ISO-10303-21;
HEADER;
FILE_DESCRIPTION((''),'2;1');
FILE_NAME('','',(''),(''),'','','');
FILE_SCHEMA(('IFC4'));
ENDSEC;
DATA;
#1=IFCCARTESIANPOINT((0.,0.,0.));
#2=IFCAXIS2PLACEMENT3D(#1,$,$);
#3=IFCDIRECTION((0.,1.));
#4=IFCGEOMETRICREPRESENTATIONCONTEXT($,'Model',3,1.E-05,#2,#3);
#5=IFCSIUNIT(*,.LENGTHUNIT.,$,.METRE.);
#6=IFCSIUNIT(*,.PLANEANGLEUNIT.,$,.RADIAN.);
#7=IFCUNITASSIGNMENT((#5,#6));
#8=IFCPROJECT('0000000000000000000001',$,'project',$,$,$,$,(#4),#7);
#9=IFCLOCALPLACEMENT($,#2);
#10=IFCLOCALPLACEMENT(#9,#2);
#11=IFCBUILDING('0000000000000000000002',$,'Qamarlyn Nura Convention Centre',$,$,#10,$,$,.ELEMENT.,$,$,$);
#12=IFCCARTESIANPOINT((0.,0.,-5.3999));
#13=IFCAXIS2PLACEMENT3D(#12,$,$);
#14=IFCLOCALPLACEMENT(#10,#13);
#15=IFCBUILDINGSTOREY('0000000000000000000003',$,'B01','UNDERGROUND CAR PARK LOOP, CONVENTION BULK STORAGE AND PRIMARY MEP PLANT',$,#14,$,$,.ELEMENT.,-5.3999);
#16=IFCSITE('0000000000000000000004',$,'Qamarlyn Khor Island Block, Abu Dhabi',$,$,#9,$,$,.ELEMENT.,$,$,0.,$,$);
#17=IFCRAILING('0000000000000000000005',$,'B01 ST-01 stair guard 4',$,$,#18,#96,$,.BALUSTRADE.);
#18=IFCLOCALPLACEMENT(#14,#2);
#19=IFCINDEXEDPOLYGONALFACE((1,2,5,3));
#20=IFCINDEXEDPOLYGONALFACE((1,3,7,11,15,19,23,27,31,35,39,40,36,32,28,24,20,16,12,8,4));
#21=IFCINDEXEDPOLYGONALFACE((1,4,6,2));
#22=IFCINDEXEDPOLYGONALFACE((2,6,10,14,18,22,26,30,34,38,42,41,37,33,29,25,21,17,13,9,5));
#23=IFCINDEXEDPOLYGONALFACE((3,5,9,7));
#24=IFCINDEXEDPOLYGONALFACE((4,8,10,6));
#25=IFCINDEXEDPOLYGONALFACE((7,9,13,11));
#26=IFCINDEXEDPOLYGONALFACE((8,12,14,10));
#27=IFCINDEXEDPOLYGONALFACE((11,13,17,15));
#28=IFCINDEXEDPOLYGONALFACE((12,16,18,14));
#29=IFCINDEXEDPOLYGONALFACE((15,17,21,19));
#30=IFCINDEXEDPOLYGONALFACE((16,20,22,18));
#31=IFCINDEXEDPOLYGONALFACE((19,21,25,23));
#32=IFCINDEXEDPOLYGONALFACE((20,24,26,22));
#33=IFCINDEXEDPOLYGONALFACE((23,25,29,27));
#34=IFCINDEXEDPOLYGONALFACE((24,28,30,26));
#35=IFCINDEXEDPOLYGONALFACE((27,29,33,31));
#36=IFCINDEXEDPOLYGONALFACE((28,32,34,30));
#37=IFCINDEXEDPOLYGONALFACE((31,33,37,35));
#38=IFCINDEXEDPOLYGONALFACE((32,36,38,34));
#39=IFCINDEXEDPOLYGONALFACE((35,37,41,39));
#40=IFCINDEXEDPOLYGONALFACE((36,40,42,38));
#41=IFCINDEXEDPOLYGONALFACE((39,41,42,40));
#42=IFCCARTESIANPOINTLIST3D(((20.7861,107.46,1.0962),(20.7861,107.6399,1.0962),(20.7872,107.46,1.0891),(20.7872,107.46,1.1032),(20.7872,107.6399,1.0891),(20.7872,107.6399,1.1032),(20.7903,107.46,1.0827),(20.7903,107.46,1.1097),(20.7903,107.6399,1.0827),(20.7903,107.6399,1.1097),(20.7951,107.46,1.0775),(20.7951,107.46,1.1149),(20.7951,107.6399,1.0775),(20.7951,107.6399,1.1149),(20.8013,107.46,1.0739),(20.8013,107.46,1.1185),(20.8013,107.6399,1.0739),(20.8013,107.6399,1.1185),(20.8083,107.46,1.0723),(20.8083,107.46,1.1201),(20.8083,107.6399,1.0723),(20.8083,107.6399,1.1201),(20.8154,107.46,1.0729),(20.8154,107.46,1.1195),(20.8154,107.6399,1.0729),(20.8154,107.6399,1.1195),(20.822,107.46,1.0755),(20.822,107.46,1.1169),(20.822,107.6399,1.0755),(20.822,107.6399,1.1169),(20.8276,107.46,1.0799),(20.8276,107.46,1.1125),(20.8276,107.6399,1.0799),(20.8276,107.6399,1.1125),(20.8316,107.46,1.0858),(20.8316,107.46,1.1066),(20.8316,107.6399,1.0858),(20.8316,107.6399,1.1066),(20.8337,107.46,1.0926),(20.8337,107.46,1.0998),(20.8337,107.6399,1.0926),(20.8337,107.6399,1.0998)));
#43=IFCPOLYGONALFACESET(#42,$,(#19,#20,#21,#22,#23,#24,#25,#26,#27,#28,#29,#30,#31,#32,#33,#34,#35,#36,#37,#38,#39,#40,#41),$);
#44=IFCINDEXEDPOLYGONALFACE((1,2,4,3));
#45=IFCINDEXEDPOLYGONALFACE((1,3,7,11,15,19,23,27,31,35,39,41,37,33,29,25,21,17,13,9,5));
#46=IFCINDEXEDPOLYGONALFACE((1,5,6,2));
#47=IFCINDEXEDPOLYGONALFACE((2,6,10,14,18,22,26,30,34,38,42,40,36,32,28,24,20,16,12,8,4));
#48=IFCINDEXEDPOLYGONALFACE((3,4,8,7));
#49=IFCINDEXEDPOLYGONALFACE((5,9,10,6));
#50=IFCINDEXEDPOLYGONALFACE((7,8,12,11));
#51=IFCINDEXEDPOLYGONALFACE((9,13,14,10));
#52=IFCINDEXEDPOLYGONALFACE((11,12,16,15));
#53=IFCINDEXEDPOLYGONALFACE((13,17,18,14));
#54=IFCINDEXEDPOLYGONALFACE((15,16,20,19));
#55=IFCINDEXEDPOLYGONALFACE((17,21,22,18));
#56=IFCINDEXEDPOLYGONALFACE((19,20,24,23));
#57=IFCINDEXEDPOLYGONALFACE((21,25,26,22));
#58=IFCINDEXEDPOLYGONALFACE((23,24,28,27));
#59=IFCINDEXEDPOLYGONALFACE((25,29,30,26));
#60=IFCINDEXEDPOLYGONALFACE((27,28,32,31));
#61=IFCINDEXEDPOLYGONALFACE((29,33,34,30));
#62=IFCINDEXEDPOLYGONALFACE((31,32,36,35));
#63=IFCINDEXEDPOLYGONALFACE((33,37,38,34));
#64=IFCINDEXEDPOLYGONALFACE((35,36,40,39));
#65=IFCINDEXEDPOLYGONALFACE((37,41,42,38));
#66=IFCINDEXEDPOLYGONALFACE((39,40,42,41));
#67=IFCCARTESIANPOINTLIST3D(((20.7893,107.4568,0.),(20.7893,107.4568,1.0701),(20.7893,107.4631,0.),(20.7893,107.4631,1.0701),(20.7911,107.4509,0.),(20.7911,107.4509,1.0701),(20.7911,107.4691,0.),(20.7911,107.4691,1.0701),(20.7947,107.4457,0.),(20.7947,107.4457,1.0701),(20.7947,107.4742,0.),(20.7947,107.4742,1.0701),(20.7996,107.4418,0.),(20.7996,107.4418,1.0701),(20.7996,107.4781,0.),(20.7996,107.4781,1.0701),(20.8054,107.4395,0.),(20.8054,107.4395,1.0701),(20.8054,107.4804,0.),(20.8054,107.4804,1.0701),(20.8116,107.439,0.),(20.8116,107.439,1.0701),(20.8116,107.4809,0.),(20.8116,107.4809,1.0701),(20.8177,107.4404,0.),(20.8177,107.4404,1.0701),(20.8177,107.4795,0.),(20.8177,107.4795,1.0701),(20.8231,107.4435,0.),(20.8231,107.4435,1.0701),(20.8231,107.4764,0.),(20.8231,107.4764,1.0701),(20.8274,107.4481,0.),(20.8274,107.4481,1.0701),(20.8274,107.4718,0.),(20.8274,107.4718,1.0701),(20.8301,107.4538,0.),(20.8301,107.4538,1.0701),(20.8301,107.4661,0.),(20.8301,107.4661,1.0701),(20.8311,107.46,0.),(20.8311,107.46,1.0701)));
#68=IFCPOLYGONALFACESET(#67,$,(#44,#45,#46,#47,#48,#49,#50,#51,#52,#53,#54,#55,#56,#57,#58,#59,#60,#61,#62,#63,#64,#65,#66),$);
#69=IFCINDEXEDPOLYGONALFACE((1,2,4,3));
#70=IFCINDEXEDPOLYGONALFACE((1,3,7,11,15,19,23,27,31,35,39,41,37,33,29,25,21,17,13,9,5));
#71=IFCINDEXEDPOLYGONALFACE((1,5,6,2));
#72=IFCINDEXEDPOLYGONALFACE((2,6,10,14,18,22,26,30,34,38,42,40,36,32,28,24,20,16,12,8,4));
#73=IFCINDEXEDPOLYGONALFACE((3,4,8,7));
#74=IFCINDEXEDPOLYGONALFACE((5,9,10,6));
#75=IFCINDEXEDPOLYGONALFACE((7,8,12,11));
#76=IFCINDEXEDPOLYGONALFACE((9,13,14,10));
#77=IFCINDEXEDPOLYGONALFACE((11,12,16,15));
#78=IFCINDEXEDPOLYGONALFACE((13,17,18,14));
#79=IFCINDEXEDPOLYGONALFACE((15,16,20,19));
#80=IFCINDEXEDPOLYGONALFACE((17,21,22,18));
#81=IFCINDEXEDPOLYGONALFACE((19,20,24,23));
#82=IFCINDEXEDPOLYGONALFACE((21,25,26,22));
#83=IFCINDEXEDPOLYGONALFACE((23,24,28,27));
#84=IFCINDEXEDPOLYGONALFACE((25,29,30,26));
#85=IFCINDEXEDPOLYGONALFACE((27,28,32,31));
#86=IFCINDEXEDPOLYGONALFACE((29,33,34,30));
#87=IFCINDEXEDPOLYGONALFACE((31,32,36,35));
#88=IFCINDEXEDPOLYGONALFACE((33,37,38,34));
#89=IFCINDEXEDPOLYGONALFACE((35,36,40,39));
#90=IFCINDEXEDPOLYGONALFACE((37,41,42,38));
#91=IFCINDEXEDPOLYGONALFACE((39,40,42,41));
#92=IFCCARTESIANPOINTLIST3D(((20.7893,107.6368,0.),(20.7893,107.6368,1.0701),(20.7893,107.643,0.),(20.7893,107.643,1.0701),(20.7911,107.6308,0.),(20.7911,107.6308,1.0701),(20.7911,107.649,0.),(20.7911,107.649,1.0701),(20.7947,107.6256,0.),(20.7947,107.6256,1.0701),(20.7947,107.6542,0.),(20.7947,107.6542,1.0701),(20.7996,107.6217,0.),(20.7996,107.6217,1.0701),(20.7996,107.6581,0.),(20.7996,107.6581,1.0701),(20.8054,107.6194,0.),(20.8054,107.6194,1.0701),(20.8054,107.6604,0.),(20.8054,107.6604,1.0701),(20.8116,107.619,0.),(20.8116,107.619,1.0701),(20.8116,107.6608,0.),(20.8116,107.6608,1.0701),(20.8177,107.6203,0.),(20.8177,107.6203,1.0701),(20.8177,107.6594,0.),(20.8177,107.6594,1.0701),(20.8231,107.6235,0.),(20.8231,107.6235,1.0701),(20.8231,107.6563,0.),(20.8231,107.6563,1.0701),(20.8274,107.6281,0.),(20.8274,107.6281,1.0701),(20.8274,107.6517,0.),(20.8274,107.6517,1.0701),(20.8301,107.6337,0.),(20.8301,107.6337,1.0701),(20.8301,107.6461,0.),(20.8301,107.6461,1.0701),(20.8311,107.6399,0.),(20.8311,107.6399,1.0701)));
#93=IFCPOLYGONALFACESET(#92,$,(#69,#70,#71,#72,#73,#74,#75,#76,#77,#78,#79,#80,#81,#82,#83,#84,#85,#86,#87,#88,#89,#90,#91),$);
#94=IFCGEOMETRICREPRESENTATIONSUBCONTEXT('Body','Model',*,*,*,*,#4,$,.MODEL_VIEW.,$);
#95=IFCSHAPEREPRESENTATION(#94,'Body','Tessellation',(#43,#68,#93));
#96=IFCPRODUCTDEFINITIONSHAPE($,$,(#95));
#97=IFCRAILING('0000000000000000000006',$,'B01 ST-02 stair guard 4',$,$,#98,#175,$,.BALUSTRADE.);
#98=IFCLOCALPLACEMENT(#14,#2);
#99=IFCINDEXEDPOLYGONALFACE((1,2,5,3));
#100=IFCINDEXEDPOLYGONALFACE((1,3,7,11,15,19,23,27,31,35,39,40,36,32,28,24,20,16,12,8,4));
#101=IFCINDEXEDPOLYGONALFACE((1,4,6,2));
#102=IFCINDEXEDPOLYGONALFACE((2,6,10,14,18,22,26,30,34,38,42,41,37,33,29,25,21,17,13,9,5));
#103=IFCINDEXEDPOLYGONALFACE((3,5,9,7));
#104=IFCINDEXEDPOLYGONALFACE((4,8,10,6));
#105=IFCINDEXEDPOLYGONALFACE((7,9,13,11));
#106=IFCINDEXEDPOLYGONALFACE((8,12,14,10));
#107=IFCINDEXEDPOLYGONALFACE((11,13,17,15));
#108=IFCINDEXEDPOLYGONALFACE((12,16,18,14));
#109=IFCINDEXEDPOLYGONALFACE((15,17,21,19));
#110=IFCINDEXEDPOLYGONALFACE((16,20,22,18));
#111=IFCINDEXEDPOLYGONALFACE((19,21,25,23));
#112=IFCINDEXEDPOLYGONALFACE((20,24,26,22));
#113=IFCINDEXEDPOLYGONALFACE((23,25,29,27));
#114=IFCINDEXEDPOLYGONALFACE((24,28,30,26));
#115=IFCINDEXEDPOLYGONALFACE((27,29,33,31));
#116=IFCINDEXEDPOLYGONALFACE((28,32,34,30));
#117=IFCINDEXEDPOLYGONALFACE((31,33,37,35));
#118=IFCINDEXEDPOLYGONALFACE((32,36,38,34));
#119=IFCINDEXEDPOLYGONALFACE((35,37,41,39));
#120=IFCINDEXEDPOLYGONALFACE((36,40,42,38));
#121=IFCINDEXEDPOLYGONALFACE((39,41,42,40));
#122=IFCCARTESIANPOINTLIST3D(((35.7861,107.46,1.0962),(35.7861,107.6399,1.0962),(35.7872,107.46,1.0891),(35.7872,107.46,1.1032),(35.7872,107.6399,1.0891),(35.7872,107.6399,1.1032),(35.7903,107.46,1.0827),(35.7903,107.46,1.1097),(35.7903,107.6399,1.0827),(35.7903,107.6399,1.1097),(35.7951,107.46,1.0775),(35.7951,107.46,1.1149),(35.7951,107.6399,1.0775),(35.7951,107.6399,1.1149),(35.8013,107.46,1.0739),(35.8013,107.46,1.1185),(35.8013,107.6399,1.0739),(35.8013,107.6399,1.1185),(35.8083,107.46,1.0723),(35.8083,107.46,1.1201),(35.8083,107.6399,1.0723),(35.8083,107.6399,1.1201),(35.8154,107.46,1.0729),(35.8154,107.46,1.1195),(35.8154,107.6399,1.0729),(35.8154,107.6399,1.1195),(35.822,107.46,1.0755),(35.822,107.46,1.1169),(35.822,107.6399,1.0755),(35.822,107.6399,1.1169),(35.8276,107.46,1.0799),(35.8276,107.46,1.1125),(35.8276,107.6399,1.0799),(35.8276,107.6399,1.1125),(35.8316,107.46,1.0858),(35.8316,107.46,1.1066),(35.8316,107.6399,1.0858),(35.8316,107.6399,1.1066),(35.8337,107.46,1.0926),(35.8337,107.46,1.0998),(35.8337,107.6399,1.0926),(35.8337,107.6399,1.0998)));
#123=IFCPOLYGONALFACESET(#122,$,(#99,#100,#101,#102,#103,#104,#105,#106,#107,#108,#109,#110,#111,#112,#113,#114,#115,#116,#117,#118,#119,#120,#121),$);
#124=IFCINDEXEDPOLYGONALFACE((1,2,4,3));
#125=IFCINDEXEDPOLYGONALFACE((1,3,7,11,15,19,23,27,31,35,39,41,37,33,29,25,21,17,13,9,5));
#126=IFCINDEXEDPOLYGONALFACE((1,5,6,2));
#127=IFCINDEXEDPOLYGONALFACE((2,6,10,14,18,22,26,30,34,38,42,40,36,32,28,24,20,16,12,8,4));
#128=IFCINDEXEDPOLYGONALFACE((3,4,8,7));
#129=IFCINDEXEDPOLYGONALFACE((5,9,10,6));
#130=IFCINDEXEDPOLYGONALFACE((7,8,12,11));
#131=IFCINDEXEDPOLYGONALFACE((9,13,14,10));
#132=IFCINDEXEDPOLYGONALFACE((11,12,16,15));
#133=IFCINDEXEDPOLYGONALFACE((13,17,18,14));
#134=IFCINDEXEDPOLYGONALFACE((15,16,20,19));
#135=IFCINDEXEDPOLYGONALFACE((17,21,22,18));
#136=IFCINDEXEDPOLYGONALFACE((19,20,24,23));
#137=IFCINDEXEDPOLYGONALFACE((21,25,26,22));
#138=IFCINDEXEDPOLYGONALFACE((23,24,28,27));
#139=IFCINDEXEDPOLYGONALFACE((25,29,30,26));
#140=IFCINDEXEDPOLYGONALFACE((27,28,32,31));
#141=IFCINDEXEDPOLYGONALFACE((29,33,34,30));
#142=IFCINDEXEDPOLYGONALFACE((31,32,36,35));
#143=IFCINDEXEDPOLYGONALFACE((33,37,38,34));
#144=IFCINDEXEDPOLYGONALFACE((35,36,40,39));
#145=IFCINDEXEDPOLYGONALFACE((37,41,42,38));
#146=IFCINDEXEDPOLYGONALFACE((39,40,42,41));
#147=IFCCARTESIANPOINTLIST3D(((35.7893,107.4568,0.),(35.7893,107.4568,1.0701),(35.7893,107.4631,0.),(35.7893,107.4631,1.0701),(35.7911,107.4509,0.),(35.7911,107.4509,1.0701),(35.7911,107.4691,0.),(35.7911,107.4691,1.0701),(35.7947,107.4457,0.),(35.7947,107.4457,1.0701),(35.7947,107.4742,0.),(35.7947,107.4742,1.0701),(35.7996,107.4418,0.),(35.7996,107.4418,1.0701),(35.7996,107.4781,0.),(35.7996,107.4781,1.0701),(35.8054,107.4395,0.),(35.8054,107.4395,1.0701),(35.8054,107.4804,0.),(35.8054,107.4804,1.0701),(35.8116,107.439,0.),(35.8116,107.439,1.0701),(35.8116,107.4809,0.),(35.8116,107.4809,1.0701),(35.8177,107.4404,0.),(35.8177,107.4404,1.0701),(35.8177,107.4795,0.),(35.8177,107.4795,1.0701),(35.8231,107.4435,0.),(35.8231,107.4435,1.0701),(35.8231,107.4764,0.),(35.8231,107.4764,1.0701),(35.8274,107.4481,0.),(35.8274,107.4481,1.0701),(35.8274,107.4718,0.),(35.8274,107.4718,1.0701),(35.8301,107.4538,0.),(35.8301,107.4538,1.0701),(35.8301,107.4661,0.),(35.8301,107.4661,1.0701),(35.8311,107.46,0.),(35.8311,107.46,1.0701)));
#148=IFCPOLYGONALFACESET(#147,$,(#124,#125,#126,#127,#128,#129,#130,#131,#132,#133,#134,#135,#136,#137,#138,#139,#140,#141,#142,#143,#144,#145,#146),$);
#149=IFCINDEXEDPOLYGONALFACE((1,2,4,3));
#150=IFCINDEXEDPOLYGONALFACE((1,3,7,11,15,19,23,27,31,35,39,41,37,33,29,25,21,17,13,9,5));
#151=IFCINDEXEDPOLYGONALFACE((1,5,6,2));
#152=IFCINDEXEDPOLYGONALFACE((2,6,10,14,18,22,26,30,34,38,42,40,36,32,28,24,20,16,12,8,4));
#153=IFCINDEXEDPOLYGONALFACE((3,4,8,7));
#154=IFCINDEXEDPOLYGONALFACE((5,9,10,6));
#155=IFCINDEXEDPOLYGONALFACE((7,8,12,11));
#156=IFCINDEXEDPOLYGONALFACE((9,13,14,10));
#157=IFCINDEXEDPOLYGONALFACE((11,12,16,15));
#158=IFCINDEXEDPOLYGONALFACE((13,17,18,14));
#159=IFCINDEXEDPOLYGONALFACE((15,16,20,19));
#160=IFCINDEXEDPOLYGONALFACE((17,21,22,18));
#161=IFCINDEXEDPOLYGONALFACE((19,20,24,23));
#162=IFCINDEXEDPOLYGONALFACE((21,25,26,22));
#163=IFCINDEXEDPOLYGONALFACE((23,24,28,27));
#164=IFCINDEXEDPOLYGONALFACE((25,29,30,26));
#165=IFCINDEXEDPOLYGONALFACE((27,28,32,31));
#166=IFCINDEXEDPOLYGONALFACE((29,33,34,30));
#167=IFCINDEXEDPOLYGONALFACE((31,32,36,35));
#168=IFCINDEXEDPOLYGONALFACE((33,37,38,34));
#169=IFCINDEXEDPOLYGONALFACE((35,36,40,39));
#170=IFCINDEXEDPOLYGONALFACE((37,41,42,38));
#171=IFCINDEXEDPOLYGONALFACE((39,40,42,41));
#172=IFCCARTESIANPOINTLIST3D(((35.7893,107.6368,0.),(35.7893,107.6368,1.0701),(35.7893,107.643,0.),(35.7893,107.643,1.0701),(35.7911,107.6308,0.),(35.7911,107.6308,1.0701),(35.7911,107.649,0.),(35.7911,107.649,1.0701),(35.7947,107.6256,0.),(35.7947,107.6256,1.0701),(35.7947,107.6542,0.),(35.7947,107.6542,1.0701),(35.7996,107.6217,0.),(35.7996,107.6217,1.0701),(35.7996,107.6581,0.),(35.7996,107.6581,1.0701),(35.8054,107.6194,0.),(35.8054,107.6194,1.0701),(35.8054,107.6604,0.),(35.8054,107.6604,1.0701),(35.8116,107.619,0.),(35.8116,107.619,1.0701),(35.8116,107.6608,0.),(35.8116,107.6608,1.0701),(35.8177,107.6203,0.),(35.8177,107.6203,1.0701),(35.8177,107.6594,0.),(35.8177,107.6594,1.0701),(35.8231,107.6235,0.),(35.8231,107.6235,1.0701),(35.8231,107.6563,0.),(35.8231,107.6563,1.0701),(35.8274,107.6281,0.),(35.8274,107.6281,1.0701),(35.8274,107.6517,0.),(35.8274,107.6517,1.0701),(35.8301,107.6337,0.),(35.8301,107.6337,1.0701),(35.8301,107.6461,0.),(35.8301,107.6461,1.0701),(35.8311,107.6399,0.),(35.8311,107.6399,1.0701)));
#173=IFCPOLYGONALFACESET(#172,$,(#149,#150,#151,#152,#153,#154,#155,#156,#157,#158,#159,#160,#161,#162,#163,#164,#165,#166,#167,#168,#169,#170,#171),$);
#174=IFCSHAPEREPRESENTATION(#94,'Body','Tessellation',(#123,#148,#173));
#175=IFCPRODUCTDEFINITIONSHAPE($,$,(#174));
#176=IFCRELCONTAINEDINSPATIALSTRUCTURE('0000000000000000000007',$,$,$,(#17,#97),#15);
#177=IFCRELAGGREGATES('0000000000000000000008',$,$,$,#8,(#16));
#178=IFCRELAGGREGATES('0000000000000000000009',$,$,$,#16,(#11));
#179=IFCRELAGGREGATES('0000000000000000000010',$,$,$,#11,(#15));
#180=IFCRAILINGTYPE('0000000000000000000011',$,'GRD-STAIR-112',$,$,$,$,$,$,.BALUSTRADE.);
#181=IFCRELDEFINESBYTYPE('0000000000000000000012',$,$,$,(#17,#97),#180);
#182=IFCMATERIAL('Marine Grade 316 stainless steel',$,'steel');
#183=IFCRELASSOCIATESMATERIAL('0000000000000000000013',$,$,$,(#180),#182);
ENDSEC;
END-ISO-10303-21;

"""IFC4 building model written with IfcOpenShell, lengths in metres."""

from ifc_helpers import new_model, si_unit, direction, frame, origin, origin_2d, place, context, subcontext, project, spatial, circle, extrude, material, type_object, element, save


model = new_model("IFC4")

# Units and contexts
model_context = context("Model", 3, precision=1e-05, world=origin(), true_north=direction((0.0, 1.0)))
body_context = subcontext(model_context, "Body", "Model", "MODEL_VIEW")
ifc_project = project(units=[si_unit("LENGTHUNIT", "METRE"), si_unit("PLANEANGLEUNIT", "RADIAN")], contexts=[model_context])

# Site, building, storey
site_placement = place(None, origin())
site = spatial("IfcSite", under=ifc_project, at=site_placement, Name="Qamarlyn Khor Island Block, Abu Dhabi", CompositionType="ELEMENT", RefElevation=0.0)
building_placement = place(site_placement, origin())
building = spatial("IfcBuilding", under=site, at=building_placement, Name="Qamarlyn Nura Convention Centre", CompositionType="ELEMENT")
storey_placement = place(building_placement, frame((0.0, 0.0, -5.3999)))
storey = spatial("IfcBuildingStorey", under=building, at=storey_placement, Name="B01", Description="UNDERGROUND CAR PARK LOOP, CONVENTION BULK STORAGE AND PRIMARY MEP PLANT", CompositionType="ELEMENT", Elevation=-5.3999)

# Railings
ifc_material_1 = material(Name="Marine Grade 316 stainless steel", Category="steel")
railing_type_1 = type_object("IfcRailingType", Name="GRD-STAIR-112", PredefinedType="BALUSTRADE", material=ifc_material_1)
for number, where, name in (
    (1, (20.8101, 107.46, 0.0), "B01 ST-01 stair guard 4"),
    (2, (35.8101, 107.46, 0.0), "B01 ST-02 stair guard 4"),
):
    element("IfcRailing", number, at=place(storey_placement, frame(where)), inside=storey, type_object=railing_type_1, Name=name, PredefinedType="BALUSTRADE", context=body_context, shape_type="SweptSolid", body=[
        extrude(circle(Radius=0.0239, at=origin_2d()), frame((0.0, 0.0, 1.0962), z_axis=(0.0, 1.0, 0.0), x_axis=(-1.0, 0.0, 0.0)), (0.0, 0.0, 1.0), 0.1799),
        extrude(circle(Radius=0.021, at=origin_2d()), origin(), (0.0, 0.0, 1.0), 1.0701),
        extrude(circle(Radius=0.021, at=origin_2d()), frame((0.0, 0.1799, 0.0)), (0.0, 0.0, 1.0), 1.0701),
    ])

save(model, "model.ifc")
